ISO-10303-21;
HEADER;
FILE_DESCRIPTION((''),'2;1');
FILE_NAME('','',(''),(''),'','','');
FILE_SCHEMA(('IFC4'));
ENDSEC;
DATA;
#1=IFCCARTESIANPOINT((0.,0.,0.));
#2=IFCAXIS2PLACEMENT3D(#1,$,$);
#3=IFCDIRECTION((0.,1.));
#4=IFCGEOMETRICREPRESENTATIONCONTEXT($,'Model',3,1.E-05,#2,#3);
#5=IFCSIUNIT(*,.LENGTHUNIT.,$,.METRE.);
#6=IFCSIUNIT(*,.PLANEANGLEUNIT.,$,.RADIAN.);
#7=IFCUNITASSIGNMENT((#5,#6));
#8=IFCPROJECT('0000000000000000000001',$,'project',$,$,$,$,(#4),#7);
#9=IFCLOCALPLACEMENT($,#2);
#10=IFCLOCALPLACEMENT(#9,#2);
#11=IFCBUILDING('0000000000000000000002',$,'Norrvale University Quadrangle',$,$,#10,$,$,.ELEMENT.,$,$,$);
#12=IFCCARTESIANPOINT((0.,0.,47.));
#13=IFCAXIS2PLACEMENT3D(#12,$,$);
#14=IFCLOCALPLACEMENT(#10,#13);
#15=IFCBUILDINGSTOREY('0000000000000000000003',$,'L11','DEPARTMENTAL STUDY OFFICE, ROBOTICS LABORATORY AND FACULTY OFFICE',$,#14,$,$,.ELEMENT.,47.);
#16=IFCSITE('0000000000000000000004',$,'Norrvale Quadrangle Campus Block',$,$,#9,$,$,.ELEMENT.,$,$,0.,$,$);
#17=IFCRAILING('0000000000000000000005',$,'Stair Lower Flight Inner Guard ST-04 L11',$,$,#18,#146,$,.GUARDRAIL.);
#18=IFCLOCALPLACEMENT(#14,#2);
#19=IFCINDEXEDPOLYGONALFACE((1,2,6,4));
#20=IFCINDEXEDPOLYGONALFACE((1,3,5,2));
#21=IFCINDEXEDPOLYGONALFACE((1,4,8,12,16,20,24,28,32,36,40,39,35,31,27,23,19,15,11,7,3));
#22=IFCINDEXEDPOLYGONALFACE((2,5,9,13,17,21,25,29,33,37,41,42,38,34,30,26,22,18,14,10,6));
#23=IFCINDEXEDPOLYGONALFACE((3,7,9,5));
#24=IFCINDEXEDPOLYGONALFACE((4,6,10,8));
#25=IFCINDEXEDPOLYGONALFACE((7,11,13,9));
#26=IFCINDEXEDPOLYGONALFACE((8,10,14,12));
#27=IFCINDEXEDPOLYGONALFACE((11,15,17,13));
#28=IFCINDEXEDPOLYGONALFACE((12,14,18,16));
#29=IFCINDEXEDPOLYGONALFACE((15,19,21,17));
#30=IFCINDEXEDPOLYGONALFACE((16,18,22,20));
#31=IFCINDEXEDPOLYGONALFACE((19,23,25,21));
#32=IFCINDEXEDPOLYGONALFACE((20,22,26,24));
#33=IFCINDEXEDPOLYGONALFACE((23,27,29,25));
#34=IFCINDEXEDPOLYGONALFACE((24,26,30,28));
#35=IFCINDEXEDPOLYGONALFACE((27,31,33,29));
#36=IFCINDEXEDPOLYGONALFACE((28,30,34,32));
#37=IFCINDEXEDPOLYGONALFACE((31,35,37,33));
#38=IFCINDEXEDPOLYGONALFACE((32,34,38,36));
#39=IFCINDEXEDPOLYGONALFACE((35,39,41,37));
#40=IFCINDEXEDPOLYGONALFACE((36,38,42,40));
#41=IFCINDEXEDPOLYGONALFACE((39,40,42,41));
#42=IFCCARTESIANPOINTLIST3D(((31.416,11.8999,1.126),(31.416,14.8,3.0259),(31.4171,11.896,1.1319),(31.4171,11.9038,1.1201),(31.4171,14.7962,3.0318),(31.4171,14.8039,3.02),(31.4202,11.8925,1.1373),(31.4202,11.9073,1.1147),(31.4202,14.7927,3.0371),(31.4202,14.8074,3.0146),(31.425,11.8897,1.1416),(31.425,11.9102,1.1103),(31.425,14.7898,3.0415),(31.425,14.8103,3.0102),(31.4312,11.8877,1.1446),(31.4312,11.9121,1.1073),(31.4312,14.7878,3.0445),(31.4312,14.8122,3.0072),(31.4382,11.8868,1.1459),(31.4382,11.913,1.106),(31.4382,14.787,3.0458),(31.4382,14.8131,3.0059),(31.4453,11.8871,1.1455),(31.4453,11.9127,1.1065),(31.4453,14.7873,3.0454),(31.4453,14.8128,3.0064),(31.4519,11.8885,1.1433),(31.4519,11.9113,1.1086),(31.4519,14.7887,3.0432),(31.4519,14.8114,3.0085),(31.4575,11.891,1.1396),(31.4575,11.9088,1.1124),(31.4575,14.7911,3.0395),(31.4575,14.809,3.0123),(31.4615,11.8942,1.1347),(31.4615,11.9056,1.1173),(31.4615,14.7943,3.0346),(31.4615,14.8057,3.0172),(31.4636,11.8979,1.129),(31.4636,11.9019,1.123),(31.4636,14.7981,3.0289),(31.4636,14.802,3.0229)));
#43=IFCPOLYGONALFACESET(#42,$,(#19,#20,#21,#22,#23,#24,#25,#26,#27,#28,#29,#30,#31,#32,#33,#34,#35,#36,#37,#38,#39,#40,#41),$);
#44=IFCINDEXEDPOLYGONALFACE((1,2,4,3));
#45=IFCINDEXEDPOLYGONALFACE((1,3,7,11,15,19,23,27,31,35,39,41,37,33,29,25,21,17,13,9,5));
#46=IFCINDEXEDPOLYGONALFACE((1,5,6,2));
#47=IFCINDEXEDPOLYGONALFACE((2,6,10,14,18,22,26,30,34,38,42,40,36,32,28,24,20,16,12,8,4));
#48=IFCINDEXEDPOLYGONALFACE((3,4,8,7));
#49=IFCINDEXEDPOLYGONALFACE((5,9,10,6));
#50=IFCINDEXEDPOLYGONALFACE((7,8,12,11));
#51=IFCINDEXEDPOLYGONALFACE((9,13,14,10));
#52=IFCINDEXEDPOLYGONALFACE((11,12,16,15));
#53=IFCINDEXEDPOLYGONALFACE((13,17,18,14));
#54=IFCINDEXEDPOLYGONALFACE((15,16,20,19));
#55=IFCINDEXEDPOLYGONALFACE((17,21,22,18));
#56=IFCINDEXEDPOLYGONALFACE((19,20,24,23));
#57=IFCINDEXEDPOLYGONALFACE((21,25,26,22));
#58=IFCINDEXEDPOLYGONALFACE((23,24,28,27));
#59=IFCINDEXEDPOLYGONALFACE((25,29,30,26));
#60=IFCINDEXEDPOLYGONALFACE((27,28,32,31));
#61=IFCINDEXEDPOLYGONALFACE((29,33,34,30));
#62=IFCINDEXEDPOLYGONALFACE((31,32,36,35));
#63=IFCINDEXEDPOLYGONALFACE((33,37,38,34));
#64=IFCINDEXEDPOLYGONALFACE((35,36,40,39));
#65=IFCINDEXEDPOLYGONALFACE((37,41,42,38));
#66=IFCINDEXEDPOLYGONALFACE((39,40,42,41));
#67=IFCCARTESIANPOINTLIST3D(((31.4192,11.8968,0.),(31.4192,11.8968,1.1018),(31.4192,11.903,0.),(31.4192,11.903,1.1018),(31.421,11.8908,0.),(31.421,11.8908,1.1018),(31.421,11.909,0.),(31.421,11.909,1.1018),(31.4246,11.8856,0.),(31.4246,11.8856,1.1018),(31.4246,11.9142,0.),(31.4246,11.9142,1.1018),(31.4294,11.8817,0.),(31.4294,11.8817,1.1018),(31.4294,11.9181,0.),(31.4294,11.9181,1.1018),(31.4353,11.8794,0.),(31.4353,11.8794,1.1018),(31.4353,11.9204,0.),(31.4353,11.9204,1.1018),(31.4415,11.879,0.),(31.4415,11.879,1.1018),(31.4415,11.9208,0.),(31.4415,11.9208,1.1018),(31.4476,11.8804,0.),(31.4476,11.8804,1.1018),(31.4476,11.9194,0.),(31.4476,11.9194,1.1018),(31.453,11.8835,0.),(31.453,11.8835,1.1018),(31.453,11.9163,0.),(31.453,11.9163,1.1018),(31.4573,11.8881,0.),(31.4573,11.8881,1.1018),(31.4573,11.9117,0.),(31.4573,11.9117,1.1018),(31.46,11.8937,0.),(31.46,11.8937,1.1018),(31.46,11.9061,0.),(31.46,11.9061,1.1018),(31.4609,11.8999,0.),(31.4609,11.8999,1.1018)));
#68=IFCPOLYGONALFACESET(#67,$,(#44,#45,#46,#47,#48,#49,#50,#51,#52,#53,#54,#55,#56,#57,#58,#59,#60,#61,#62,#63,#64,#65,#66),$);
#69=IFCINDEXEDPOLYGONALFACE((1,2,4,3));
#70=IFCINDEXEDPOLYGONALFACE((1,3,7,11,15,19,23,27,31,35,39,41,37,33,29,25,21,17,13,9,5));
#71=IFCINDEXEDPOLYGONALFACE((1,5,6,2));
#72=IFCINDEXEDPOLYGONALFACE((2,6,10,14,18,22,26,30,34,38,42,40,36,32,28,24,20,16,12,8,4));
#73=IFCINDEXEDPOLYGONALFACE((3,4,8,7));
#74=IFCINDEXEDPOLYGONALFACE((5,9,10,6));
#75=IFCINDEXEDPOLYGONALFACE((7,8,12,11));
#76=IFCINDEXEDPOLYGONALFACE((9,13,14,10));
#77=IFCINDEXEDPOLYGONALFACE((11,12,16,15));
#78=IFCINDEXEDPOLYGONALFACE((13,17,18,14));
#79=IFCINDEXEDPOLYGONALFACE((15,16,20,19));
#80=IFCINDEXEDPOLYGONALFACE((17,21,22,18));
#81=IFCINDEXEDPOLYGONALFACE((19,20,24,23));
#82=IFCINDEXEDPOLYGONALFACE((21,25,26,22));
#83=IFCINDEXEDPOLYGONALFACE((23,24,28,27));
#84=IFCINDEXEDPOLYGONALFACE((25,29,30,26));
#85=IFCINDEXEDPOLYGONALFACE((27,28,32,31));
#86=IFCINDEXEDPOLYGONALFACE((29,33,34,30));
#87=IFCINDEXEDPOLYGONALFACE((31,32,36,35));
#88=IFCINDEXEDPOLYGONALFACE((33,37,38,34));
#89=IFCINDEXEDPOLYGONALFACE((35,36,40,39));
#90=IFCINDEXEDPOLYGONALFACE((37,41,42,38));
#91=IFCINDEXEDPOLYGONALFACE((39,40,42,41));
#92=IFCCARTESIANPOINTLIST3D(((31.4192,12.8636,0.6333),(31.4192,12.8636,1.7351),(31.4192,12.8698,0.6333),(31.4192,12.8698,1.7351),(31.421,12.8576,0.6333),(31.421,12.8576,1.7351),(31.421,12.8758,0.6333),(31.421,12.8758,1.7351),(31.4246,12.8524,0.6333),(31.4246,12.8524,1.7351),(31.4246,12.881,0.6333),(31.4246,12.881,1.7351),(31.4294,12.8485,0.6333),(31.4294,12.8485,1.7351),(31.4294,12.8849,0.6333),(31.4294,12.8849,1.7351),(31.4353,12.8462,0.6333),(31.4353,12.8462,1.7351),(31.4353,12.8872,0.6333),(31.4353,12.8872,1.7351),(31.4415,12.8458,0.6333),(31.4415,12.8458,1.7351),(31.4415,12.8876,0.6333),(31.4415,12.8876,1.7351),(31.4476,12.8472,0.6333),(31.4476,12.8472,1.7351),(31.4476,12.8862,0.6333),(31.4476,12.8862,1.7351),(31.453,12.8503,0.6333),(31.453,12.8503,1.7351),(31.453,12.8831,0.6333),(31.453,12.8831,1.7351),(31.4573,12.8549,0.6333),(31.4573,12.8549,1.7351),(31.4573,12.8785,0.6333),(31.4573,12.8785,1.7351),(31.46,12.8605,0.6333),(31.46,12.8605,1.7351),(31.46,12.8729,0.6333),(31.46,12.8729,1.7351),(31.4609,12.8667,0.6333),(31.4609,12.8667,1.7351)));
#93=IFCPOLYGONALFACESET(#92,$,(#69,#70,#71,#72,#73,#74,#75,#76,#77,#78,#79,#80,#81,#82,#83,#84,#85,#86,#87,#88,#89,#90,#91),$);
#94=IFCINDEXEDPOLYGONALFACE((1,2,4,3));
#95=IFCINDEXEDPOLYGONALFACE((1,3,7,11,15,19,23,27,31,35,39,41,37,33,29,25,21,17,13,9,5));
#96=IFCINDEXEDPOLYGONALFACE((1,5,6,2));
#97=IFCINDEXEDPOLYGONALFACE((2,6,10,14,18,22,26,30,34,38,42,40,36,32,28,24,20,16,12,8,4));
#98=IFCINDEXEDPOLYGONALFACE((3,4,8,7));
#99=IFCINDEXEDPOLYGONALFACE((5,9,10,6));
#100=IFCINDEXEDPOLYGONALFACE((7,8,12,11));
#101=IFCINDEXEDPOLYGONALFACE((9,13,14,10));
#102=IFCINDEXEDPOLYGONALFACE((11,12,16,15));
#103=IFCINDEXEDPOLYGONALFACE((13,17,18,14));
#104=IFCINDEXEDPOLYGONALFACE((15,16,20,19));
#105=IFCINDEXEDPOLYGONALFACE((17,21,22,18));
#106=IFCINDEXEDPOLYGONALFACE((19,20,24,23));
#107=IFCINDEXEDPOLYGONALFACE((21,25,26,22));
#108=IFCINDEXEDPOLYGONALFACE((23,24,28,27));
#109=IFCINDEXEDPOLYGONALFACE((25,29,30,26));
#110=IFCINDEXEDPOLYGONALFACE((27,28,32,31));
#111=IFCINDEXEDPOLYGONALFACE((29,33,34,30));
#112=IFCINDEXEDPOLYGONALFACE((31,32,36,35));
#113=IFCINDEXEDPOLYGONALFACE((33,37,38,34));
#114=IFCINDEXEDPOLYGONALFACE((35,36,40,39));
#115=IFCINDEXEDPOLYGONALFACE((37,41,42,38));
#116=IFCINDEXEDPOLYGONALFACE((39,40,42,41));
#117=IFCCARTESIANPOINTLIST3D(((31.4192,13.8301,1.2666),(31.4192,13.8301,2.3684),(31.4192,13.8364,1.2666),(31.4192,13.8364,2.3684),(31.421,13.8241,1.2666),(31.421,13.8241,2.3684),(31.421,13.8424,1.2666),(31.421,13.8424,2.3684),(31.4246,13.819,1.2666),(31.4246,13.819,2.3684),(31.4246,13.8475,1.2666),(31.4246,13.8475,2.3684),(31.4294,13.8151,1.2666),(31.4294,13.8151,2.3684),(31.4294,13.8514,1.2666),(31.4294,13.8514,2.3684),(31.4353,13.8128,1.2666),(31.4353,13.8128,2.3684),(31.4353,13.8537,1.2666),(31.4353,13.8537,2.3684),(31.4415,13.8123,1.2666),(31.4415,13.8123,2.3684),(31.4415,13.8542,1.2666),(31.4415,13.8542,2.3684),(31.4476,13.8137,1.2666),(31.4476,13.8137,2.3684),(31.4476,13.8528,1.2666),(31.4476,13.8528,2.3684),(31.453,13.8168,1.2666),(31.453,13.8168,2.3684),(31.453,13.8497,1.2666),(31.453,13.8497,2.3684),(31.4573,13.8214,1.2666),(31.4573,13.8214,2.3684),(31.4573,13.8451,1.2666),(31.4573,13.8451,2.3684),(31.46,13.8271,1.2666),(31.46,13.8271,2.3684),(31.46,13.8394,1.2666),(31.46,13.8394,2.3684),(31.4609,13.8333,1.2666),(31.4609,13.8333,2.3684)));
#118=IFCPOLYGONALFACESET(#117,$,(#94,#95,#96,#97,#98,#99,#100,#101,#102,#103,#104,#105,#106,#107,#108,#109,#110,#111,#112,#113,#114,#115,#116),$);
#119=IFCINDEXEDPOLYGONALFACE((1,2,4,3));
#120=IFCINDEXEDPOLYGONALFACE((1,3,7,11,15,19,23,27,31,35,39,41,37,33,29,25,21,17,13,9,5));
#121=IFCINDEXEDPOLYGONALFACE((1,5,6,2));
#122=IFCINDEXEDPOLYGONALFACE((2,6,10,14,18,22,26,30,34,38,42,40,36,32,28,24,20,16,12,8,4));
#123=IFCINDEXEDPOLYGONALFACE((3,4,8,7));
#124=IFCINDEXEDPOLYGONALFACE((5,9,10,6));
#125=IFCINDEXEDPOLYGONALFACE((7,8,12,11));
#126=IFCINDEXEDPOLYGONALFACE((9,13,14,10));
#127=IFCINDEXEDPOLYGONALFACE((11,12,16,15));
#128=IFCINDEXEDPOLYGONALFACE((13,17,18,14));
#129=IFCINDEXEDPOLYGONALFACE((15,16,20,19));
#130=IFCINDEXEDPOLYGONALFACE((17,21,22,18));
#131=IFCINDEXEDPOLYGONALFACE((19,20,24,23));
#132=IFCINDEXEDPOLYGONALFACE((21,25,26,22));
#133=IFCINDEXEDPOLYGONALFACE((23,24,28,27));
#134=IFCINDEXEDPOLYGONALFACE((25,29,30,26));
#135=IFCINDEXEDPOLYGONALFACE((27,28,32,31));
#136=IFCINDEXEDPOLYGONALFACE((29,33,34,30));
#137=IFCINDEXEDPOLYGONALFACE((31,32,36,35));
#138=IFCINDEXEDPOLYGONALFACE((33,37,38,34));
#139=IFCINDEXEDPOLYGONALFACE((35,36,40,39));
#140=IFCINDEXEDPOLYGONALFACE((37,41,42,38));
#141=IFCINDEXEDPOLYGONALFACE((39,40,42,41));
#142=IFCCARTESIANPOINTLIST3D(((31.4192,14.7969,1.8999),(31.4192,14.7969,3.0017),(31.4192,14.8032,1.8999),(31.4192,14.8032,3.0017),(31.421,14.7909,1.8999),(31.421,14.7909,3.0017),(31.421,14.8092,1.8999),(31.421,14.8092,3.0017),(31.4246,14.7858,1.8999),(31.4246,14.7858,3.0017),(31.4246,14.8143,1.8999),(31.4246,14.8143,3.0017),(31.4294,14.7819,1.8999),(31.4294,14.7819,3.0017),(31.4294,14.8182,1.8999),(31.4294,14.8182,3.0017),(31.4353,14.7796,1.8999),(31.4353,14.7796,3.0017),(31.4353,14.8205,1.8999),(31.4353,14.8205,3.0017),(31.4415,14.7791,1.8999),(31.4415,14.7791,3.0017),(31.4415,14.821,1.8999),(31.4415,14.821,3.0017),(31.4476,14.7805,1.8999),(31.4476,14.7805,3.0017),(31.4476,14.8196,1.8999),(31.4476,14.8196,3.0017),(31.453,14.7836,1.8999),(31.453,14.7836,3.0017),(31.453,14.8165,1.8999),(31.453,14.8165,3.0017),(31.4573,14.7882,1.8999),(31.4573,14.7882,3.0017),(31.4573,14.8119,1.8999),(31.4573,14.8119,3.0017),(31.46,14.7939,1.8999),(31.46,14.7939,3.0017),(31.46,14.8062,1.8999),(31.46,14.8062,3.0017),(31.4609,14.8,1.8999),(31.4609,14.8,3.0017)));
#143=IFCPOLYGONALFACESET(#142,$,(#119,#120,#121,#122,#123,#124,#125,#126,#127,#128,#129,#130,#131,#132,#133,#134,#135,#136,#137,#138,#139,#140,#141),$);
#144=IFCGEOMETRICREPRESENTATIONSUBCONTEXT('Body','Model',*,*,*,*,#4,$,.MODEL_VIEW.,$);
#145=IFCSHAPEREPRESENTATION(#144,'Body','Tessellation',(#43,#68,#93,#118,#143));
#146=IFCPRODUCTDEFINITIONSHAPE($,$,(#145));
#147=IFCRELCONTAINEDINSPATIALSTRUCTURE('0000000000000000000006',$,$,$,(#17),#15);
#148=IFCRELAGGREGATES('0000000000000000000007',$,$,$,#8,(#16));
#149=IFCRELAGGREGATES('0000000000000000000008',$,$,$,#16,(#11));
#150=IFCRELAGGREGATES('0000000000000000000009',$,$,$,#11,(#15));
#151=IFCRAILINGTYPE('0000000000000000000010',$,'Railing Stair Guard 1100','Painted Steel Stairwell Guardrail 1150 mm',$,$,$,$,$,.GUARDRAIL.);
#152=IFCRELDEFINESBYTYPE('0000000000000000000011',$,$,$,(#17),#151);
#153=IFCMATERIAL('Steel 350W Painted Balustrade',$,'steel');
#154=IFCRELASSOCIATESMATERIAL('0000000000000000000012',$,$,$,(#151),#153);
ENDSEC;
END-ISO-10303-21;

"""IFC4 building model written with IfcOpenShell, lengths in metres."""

from ifc_helpers import new_model, si_unit, direction, frame, origin, origin_2d, place, context, subcontext, project, spatial, circle, extrude, material, type_object, element, save


model = new_model("IFC4")

# Units and contexts
model_context = context("Model", 3, precision=1e-05, world=origin(), true_north=direction((0.0, 1.0)))
body_context = subcontext(model_context, "Body", "Model", "MODEL_VIEW")
ifc_project = project(units=[si_unit("LENGTHUNIT", "METRE"), si_unit("PLANEANGLEUNIT", "RADIAN")], contexts=[model_context])

# Site, building, storey
site_placement = place(None, origin())
site = spatial("IfcSite", under=ifc_project, at=site_placement, Name="Norrvale Quadrangle Campus Block", CompositionType="ELEMENT", RefElevation=0.0)
building_placement = place(site_placement, origin())
building = spatial("IfcBuilding", under=site, at=building_placement, Name="Norrvale University Quadrangle", CompositionType="ELEMENT")
storey_placement = place(building_placement, frame((0.0, 0.0, 47.0)))
storey = spatial("IfcBuildingStorey", under=building, at=storey_placement, Name="L11", Description="DEPARTMENTAL STUDY OFFICE, ROBOTICS LABORATORY AND FACULTY OFFICE", CompositionType="ELEMENT", Elevation=47.0)

# Railing
ifc_material_1 = material(Name="Steel 350W Painted Balustrade", Category="steel")
railing_type_1 = type_object("IfcRailingType", Name="Railing Stair Guard 1100", Description="Painted Steel Stairwell Guardrail 1150 mm", PredefinedType="GUARDRAIL", material=ifc_material_1)
railing_1_placement = place(storey_placement, frame((31.4399, 11.8999, 0.0)))
element("IfcRailing", 1, at=railing_1_placement, inside=storey, type_object=railing_type_1, Name="Stair Lower Flight Inner Guard ST-04 L11", PredefinedType="GUARDRAIL", context=body_context, shape_type="SweptSolid", body=[
    extrude(circle(Radius=0.0239, at=origin_2d()), frame((0.0, 0.0, 1.126), z_axis=(0.0, 0.836487, 0.547987), x_axis=(-1.0, 0.0, 0.0)), (0.0, 0.0, 1.0), 3.467),
    extrude(circle(Radius=0.021, at=origin_2d()), origin(), (0.0, 0.0, 1.0), 1.1018),
    extrude(circle(Radius=0.021, at=origin_2d()), frame((0.0, 0.9668, 0.6333)), (0.0, 0.0, 1.0), 1.1018),
    extrude(circle(Radius=0.021, at=origin_2d()), frame((0.0, 1.9333, 1.2666)), (0.0, 0.0, 1.0), 1.1018),
    extrude(circle(Radius=0.021, at=origin_2d()), frame((0.0, 2.9001, 1.8999)), (0.0, 0.0, 1.0), 1.1018),
])

save(model, "model.ifc")
